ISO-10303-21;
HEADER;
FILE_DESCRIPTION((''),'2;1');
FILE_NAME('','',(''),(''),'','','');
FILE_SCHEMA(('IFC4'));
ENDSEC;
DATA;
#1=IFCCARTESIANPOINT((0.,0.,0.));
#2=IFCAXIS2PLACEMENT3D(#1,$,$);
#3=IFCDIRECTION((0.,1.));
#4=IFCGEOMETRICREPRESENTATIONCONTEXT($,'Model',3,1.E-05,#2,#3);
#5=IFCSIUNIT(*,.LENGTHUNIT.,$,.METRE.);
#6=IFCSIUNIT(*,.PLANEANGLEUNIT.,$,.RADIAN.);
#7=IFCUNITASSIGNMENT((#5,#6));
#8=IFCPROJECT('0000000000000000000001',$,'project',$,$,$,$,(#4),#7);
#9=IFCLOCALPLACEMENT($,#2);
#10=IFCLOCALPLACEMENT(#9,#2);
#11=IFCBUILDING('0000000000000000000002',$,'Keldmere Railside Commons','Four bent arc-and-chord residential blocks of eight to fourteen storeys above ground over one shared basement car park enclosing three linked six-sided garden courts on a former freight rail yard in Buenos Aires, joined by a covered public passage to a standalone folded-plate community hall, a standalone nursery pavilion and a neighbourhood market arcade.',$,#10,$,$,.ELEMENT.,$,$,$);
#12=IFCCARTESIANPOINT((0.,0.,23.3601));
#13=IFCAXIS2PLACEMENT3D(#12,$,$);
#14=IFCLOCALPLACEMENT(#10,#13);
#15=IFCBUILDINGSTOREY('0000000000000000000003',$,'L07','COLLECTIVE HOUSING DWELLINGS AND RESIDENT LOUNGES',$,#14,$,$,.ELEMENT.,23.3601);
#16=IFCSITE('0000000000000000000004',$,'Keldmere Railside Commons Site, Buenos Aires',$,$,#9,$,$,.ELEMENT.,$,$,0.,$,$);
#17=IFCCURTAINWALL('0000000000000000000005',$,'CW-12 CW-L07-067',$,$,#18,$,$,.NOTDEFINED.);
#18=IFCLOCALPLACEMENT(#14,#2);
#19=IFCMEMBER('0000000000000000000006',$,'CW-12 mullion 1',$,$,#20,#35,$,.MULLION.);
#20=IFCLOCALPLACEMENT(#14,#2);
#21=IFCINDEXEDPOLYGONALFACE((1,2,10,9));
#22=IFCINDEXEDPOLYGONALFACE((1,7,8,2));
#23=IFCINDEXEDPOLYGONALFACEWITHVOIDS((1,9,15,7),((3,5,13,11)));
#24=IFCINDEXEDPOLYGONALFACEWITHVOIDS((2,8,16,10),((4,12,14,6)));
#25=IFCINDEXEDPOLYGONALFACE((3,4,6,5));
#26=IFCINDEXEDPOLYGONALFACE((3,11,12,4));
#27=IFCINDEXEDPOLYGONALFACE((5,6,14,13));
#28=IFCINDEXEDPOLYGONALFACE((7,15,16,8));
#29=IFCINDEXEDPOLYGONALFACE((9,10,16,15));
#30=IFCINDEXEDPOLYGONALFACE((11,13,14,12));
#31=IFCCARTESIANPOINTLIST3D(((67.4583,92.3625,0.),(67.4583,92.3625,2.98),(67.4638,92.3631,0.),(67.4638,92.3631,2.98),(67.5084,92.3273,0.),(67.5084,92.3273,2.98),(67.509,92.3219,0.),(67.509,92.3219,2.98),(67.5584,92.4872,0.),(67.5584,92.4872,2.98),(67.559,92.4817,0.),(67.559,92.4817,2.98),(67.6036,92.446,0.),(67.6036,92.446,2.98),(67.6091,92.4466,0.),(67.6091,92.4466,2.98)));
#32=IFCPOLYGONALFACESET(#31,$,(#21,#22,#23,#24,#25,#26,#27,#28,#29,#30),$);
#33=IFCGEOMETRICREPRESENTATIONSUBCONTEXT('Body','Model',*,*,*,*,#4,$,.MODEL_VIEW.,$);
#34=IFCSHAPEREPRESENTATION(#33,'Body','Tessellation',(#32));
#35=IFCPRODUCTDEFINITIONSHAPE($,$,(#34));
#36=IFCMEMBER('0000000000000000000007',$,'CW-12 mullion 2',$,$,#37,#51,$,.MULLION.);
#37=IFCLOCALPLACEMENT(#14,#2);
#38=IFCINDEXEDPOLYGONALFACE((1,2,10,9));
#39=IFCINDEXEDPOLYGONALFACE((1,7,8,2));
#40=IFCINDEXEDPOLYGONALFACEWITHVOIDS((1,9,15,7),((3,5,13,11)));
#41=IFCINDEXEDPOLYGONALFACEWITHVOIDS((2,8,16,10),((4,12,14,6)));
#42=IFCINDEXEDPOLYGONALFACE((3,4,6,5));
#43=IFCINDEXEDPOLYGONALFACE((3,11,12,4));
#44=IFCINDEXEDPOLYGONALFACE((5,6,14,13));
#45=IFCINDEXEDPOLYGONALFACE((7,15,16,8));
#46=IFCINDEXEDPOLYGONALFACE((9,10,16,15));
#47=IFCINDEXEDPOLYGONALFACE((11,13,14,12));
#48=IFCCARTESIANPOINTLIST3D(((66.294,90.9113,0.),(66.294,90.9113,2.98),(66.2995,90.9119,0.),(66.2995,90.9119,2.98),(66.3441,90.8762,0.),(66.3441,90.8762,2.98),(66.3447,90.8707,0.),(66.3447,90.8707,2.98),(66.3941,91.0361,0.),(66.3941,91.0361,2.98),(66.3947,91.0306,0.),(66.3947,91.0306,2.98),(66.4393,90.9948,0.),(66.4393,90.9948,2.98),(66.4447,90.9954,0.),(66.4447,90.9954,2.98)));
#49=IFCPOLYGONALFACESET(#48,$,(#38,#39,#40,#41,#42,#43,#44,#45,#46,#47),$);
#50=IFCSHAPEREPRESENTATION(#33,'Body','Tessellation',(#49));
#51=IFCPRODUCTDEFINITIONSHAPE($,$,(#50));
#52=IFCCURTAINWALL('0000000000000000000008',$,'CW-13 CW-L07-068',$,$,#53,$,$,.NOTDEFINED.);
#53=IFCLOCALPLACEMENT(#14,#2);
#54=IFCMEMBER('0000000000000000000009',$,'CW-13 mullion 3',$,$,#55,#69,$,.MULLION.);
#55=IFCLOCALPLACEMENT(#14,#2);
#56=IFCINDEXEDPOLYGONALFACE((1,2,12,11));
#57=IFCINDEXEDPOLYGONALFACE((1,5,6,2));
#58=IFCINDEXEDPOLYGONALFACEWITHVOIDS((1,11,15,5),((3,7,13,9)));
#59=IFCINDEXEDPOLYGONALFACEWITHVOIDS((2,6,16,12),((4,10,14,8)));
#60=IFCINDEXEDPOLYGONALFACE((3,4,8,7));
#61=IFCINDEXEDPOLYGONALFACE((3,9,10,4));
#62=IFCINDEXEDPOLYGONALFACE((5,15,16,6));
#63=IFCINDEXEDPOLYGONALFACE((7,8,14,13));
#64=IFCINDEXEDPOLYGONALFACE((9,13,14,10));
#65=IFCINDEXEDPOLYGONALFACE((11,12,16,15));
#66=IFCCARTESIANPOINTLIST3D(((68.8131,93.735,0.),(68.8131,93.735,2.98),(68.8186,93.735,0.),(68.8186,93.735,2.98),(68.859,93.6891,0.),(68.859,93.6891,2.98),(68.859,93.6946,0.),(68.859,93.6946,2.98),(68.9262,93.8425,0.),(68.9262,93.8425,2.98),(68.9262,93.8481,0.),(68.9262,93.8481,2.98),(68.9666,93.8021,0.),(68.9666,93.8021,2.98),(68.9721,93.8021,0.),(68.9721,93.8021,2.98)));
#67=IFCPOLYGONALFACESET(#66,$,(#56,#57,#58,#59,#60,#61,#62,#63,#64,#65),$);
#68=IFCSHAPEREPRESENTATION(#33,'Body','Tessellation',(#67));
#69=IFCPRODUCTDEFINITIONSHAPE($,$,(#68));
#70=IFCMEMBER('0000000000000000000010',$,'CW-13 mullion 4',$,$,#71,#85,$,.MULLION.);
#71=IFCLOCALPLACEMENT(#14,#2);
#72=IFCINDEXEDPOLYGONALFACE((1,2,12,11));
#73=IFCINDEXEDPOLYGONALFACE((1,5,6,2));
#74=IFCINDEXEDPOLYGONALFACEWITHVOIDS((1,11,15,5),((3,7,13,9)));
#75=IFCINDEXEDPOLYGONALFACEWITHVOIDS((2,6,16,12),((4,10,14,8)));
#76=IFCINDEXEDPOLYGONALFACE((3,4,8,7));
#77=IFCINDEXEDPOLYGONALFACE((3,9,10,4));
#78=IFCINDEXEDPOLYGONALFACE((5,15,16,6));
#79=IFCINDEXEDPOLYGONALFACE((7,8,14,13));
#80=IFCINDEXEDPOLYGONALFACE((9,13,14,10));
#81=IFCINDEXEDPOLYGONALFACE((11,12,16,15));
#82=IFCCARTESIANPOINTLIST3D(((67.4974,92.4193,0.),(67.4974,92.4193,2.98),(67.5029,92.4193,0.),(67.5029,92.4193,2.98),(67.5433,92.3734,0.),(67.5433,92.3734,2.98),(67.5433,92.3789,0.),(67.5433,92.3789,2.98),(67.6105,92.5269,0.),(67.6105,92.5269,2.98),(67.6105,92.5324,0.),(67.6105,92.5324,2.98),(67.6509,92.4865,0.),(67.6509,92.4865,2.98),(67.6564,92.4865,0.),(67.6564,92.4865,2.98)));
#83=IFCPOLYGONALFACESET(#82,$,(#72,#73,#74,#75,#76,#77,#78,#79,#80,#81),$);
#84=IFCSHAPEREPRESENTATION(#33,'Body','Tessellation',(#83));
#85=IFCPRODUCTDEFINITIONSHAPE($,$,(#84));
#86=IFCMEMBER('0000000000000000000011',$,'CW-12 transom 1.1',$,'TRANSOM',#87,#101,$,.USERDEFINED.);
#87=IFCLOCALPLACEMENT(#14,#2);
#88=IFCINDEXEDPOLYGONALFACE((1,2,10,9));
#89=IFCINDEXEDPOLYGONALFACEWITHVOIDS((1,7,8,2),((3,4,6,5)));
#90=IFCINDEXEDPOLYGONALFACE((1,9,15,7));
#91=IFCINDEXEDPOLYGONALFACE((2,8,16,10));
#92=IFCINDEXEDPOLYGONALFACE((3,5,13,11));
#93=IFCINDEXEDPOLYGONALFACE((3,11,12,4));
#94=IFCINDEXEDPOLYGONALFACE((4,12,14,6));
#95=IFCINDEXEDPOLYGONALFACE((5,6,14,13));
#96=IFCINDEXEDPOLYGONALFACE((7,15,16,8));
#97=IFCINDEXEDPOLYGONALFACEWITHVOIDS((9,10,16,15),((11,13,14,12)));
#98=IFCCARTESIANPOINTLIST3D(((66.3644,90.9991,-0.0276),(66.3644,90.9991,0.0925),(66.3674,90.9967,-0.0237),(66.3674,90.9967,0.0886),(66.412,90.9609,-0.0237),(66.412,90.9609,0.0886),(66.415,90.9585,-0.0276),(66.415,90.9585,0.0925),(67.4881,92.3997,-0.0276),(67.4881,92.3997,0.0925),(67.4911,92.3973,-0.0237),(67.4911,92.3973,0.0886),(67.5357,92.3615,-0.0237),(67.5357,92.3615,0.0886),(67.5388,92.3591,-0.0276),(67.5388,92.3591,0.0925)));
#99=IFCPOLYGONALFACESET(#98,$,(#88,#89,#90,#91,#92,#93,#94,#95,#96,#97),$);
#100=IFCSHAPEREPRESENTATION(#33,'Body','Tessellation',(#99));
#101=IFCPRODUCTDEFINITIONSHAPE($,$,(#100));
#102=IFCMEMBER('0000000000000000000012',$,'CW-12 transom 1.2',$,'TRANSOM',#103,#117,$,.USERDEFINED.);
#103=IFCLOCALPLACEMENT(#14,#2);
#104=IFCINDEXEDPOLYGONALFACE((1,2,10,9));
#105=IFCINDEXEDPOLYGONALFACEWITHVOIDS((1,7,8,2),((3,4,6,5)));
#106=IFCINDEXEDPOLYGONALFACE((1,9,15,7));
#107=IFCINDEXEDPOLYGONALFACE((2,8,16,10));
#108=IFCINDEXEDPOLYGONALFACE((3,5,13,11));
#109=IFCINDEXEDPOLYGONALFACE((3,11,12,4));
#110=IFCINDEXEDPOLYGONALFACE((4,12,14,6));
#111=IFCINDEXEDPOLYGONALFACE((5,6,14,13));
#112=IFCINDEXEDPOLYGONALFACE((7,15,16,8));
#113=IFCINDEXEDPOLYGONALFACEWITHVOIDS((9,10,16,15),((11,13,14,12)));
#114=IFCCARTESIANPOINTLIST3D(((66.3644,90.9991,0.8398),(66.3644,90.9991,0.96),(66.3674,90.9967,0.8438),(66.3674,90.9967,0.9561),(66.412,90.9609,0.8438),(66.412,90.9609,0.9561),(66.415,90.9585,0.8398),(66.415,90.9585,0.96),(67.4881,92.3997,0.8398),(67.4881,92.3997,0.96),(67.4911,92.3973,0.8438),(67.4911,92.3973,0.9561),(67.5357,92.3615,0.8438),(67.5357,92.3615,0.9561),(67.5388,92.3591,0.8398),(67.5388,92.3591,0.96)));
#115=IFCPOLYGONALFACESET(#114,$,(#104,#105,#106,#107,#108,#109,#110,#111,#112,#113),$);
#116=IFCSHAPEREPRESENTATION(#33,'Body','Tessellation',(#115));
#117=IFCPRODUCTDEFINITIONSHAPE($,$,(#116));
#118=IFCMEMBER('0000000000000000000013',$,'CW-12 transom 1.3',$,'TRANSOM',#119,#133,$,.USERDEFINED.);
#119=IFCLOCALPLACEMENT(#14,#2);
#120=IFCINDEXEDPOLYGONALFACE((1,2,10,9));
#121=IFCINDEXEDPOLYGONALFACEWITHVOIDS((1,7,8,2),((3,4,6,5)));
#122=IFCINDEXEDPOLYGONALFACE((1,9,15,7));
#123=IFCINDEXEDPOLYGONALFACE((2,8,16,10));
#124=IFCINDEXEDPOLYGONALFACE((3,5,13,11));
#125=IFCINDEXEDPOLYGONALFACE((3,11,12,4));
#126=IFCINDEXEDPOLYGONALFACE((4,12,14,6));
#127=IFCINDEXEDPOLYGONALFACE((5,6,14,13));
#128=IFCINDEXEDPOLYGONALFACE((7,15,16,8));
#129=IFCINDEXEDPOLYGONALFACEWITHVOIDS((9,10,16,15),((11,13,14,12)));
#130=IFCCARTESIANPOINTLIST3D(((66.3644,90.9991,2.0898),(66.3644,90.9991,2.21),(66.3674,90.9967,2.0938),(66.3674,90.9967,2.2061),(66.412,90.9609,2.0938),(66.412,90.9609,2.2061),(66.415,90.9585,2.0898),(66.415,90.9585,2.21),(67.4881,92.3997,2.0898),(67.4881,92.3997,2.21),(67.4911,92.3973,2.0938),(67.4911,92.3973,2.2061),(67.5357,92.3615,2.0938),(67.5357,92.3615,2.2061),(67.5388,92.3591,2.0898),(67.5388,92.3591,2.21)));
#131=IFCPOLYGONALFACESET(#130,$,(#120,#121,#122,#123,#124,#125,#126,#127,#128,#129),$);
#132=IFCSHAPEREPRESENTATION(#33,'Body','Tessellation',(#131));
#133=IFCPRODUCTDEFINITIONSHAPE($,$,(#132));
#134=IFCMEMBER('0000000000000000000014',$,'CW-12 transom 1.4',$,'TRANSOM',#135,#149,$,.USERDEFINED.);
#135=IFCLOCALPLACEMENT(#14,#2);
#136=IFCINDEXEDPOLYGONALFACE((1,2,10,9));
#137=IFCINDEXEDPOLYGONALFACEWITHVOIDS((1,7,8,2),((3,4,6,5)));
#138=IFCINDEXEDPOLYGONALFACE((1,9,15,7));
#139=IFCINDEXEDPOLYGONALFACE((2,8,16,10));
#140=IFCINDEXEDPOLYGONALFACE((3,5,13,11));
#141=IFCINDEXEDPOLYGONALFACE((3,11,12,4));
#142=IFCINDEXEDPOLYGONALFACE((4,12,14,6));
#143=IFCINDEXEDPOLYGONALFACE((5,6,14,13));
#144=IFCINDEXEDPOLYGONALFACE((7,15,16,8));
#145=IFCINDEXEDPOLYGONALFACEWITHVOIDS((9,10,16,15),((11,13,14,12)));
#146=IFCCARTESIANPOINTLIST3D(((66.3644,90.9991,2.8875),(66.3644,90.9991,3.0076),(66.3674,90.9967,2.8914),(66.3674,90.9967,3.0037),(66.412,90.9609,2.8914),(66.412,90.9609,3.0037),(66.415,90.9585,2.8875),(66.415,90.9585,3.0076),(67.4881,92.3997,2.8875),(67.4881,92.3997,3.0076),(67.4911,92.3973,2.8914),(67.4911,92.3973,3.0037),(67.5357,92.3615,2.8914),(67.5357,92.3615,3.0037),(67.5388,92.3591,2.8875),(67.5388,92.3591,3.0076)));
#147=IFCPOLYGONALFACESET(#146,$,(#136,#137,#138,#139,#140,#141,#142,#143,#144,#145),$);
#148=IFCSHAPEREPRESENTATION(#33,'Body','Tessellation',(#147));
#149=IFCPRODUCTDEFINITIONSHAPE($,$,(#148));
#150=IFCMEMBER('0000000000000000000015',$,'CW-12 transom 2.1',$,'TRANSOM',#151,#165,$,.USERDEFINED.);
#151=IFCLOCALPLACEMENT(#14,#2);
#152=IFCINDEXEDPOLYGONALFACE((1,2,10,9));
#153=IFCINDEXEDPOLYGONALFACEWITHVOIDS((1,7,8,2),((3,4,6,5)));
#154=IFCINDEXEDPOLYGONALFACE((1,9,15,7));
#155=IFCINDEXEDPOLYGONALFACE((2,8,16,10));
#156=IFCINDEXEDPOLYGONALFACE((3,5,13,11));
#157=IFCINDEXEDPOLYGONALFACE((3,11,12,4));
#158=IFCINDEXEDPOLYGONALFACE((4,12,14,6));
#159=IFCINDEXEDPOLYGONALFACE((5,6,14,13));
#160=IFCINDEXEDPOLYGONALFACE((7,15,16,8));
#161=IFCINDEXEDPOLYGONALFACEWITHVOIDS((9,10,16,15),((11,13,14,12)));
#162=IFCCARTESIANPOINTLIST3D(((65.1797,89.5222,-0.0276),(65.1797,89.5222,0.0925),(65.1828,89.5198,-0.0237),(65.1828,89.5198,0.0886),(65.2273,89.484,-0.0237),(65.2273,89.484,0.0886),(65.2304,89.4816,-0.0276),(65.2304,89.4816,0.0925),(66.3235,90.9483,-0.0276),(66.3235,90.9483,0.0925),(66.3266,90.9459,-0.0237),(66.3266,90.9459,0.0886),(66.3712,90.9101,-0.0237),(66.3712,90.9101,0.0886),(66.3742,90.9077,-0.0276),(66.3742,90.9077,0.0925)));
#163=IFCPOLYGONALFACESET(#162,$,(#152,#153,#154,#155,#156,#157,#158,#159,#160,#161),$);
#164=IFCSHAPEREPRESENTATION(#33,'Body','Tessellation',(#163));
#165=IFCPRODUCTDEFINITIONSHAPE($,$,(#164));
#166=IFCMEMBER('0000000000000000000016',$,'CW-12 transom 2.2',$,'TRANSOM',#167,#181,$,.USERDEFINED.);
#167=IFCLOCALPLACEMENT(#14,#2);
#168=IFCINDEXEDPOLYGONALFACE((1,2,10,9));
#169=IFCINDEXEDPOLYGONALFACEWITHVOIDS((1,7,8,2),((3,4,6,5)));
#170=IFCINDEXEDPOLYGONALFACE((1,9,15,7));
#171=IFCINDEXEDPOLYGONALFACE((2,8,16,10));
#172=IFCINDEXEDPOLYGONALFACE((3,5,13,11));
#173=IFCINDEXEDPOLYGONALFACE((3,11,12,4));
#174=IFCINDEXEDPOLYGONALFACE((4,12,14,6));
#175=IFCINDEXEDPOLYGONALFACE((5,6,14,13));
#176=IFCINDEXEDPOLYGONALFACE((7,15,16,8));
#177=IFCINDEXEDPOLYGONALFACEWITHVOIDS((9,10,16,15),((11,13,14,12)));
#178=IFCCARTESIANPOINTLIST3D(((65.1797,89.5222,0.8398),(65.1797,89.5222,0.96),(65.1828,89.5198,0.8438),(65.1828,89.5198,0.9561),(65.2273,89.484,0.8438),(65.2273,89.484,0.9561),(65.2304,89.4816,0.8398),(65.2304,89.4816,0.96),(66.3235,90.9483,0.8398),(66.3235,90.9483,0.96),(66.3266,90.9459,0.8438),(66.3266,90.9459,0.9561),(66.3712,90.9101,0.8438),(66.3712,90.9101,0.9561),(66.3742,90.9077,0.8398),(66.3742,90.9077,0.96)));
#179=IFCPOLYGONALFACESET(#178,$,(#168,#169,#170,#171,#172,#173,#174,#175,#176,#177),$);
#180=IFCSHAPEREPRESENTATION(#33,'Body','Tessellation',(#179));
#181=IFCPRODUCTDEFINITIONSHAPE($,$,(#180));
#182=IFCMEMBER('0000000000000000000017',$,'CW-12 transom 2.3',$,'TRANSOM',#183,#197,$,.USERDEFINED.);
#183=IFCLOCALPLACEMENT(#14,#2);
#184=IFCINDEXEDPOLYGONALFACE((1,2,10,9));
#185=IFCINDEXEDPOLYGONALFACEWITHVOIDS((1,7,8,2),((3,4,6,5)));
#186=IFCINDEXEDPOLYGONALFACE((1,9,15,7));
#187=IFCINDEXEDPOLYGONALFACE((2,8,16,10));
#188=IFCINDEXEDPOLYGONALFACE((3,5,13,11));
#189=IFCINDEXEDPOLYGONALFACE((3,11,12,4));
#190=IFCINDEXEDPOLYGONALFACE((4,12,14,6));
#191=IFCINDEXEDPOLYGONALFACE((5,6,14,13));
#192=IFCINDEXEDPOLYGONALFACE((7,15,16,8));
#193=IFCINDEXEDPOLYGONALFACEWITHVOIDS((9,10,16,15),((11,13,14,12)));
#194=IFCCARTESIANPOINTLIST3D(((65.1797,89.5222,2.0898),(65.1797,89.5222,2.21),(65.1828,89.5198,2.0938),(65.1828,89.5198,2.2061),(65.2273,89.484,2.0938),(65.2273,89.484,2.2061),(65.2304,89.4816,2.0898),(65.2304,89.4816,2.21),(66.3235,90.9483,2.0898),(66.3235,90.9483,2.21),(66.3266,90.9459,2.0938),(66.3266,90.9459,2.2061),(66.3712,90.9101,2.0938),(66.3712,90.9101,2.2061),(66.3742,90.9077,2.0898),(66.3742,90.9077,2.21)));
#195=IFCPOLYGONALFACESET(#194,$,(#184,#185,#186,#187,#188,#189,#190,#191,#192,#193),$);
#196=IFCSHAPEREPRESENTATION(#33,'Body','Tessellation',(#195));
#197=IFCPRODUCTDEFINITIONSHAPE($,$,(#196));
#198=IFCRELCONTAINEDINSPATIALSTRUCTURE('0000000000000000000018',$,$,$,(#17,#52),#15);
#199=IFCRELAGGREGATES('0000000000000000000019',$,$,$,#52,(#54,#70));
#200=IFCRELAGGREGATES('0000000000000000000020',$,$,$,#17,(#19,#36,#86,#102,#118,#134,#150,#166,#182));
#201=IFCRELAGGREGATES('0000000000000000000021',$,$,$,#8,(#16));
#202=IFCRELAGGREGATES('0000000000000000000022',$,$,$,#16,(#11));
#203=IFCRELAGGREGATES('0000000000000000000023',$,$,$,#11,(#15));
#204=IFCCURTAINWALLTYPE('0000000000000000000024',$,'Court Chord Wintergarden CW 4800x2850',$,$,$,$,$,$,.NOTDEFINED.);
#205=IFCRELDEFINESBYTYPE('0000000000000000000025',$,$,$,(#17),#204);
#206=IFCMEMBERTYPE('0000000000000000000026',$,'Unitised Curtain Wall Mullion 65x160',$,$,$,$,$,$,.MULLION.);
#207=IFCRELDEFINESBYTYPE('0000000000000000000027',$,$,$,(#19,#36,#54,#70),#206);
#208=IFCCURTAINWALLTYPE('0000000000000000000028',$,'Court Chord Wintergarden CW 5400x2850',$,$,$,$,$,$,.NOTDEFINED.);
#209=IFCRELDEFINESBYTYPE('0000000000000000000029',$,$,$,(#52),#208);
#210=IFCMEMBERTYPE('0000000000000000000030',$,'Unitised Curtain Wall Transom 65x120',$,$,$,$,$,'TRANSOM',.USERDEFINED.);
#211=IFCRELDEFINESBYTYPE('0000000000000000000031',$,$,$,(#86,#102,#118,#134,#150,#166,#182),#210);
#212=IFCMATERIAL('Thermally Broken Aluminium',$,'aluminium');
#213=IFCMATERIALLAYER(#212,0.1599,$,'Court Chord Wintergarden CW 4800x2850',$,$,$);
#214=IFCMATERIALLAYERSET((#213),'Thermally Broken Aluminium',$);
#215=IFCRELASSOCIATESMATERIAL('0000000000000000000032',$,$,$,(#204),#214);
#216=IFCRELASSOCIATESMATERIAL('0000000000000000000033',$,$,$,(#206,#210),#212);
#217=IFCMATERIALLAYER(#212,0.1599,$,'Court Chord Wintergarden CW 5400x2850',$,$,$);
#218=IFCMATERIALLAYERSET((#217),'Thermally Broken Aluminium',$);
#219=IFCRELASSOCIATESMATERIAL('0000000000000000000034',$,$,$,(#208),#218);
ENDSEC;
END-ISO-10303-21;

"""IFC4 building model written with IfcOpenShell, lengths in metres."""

from ifc_helpers import new_model, si_unit, direction, frame, origin, origin_2d, place, context, subcontext, project, spatial, hollow_rectangle, extrude, material, layer, layer_set, material_profile, profile_set, type_object, element, aggregate, save


model = new_model("IFC4")

# Units and contexts
model_context = context("Model", 3, precision=1e-05, world=origin(), true_north=direction((0.0, 1.0)))
body_context = subcontext(model_context, "Body", "Model", "MODEL_VIEW")
ifc_project = project(units=[si_unit("LENGTHUNIT", "METRE"), si_unit("PLANEANGLEUNIT", "RADIAN")], contexts=[model_context])

# Site, building, storey
site_placement = place(None, origin())
site = spatial("IfcSite", under=ifc_project, at=site_placement, Name="Keldmere Railside Commons Site, Buenos Aires", CompositionType="ELEMENT", RefElevation=0.0)
building_placement = place(site_placement, origin())
building = spatial("IfcBuilding", under=site, at=building_placement, Name="Keldmere Railside Commons", Description="Four bent arc-and-chord residential blocks of eight to fourteen storeys above ground over one shared basement car park enclosing three linked six-sided garden courts on a former freight rail yard in Buenos Aires, joined by a covered public passage to a standalone folded-plate community hall, a standalone nursery pavilion and a neighbourhood market arcade.", CompositionType="ELEMENT")
storey_placement = place(building_placement, frame((0.0, 0.0, 23.3601)))
storey = spatial("IfcBuildingStorey", under=building, at=storey_placement, Name="L07", Description="COLLECTIVE HOUSING DWELLINGS AND RESIDENT LOUNGES", CompositionType="ELEMENT", Elevation=23.3601)

# Curtain walls, members
ifc_material_1 = material(Name="Thermally Broken Aluminium", Category="aluminium")
ifc_layer_1 = layer(ifc_material_1, 0.1599, Name="Court Chord Wintergarden CW 4800x2850")
ifc_layer_set_1 = layer_set([ifc_layer_1], Name="Thermally Broken Aluminium")
curtain_wall_type_1 = type_object("IfcCurtainWallType", Name="Court Chord Wintergarden CW 4800x2850", PredefinedType="NOTDEFINED", material=ifc_layer_set_1)
curtain_wall_1_placement = place(storey_placement, origin())
curtain_wall_1 = element("IfcCurtainWall", 1, at=curtain_wall_1_placement, inside=storey, type_object=curtain_wall_type_1, Name="CW-12 CW-L07-067", PredefinedType="NOTDEFINED")
ifc_material_profile_1 = material_profile(ifc_material_1, hollow_rectangle(XDim=0.0649, YDim=0.1599, WallThickness=0.0039, at=origin_2d()), Name="ALU-MULL-65x160")
ifc_profile_set_1 = profile_set([ifc_material_profile_1], Name="Thermally Broken Aluminium")
member_type_1 = type_object("IfcMemberType", Name="Unitised Curtain Wall Mullion 65x160", PredefinedType="MULLION", material=ifc_profile_set_1)
member_1_placement = place(storey_placement, frame((67.5337, 92.4045, 0.0), z_axis=(0.0, 0.0, 1.0), x_axis=(0.780009, -0.625768, 0.0)))
member_1 = element("IfcMember", 2, at=member_1_placement, type_object=member_type_1, Name="CW-12 mullion 1", PredefinedType="MULLION", context=body_context, shape_type="SweptSolid", body=[
    extrude(hollow_rectangle(XDim=0.0649, YDim=0.1599, WallThickness=0.0039, at=origin_2d()), origin(), (0.0, 0.0, 1.0), 2.98),
])
member_2_placement = place(storey_placement, frame((66.3694, 90.9534, 0.0), z_axis=(0.0, 0.0, 1.0), x_axis=(0.780009, -0.625768, 0.0)))
member_2 = element("IfcMember", 3, at=member_2_placement, type_object=member_type_1, Name="CW-12 mullion 2", PredefinedType="MULLION", context=body_context, shape_type="SweptSolid", body=[
    extrude(hollow_rectangle(XDim=0.0649, YDim=0.1599, WallThickness=0.0039, at=origin_2d()), origin(), (0.0, 0.0, 1.0), 2.98),
])
ifc_layer_2 = layer(ifc_material_1, 0.1599, Name="Court Chord Wintergarden CW 5400x2850")
ifc_layer_set_2 = layer_set([ifc_layer_2], Name="Thermally Broken Aluminium")
curtain_wall_type_2 = type_object("IfcCurtainWallType", Name="Court Chord Wintergarden CW 5400x2850", PredefinedType="NOTDEFINED", material=ifc_layer_set_2)
curtain_wall_2_placement = place(storey_placement, origin())
curtain_wall_2 = element("IfcCurtainWall", 4, at=curtain_wall_2_placement, inside=storey, type_object=curtain_wall_type_2, Name="CW-13 CW-L07-068", PredefinedType="NOTDEFINED")
member_3_placement = place(storey_placement, frame((68.8926, 93.7686, 0.0), z_axis=(0.0, 0.0, 1.0), x_axis=(0.707107, -0.707107, 0.0)))
member_3 = element("IfcMember", 5, at=member_3_placement, type_object=member_type_1, Name="CW-13 mullion 3", PredefinedType="MULLION", context=body_context, shape_type="SweptSolid", body=[
    extrude(hollow_rectangle(XDim=0.0649, YDim=0.1599, WallThickness=0.0039, at=origin_2d()), origin(), (0.0, 0.0, 1.0), 2.98),
])
member_4_placement = place(storey_placement, frame((67.5769, 92.4529, 0.0), z_axis=(0.0, 0.0, 1.0), x_axis=(0.707107, -0.707107, 0.0)))
member_4 = element("IfcMember", 6, at=member_4_placement, type_object=member_type_1, Name="CW-13 mullion 4", PredefinedType="MULLION", context=body_context, shape_type="SweptSolid", body=[
    extrude(hollow_rectangle(XDim=0.0649, YDim=0.1599, WallThickness=0.0039, at=origin_2d()), origin(), (0.0, 0.0, 1.0), 2.98),
])

# Members
ifc_material_profile_2 = material_profile(ifc_material_1, hollow_rectangle(XDim=0.0649, YDim=0.1201, WallThickness=0.0039, at=origin_2d()), Name="ALU-TRAN-65x120")
ifc_profile_set_2 = profile_set([ifc_material_profile_2], Name="Thermally Broken Aluminium")
member_type_2 = type_object("IfcMemberType", Name="Unitised Curtain Wall Transom 65x120", ElementType="TRANSOM", PredefinedType="USERDEFINED", material=ifc_profile_set_2)
member_5_placement = place(storey_placement, frame((67.5134, 92.3794, 0.0325), z_axis=(-0.625805, -0.779979, 0.0), x_axis=(0.779979, -0.625805, 0.0)))
member_5 = element("IfcMember", 7, at=member_5_placement, type_object=member_type_2, Name="CW-12 transom 1.1", ObjectType="TRANSOM", PredefinedType="USERDEFINED", context=body_context, shape_type="SweptSolid", body=[
    extrude(hollow_rectangle(XDim=0.0649, YDim=0.1201, WallThickness=0.0039, at=origin_2d()), origin(), (0.0, 0.0, 1.0), 1.7957),
])
member_6_placement = place(storey_placement, frame((67.5134, 92.3794, 0.8999), z_axis=(-0.625805, -0.779979, 0.0), x_axis=(0.779979, -0.625805, 0.0)))
member_6 = element("IfcMember", 8, at=member_6_placement, type_object=member_type_2, Name="CW-12 transom 1.2", ObjectType="TRANSOM", PredefinedType="USERDEFINED", context=body_context, shape_type="SweptSolid", body=[
    extrude(hollow_rectangle(XDim=0.0649, YDim=0.1201, WallThickness=0.0039, at=origin_2d()), origin(), (0.0, 0.0, 1.0), 1.7957),
])
member_7_placement = place(storey_placement, frame((67.5134, 92.3794, 2.1499), z_axis=(-0.625805, -0.779979, 0.0), x_axis=(0.779979, -0.625805, 0.0)))
member_7 = element("IfcMember", 9, at=member_7_placement, type_object=member_type_2, Name="CW-12 transom 1.3", ObjectType="TRANSOM", PredefinedType="USERDEFINED", context=body_context, shape_type="SweptSolid", body=[
    extrude(hollow_rectangle(XDim=0.0649, YDim=0.1201, WallThickness=0.0039, at=origin_2d()), origin(), (0.0, 0.0, 1.0), 1.7957),
])
member_8_placement = place(storey_placement, frame((67.5134, 92.3794, 2.9475), z_axis=(-0.625805, -0.779979, 0.0), x_axis=(0.779979, -0.625805, 0.0)))
member_8 = element("IfcMember", 10, at=member_8_placement, type_object=member_type_2, Name="CW-12 transom 1.4", ObjectType="TRANSOM", PredefinedType="USERDEFINED", context=body_context, shape_type="SweptSolid", body=[
    extrude(hollow_rectangle(XDim=0.0649, YDim=0.1201, WallThickness=0.0039, at=origin_2d()), origin(), (0.0, 0.0, 1.0), 1.7957),
])
member_9_placement = place(storey_placement, frame((66.3489, 90.928, 0.0325), z_axis=(-0.625688, -0.780073, 0.0), x_axis=(0.780073, -0.625688, 0.0)))
member_9 = element("IfcMember", 11, at=member_9_placement, type_object=member_type_2, Name="CW-12 transom 2.1", ObjectType="TRANSOM", PredefinedType="USERDEFINED", context=body_context, shape_type="SweptSolid", body=[
    extrude(hollow_rectangle(XDim=0.0649, YDim=0.1201, WallThickness=0.0039, at=origin_2d()), origin(), (0.0, 0.0, 1.0), 1.8281),
])
member_10_placement = place(storey_placement, frame((66.3489, 90.928, 0.8999), z_axis=(-0.625688, -0.780073, 0.0), x_axis=(0.780073, -0.625688, 0.0)))
member_10 = element("IfcMember", 12, at=member_10_placement, type_object=member_type_2, Name="CW-12 transom 2.2", ObjectType="TRANSOM", PredefinedType="USERDEFINED", context=body_context, shape_type="SweptSolid", body=[
    extrude(hollow_rectangle(XDim=0.0649, YDim=0.1201, WallThickness=0.0039, at=origin_2d()), origin(), (0.0, 0.0, 1.0), 1.8281),
])
member_11_placement = place(storey_placement, frame((66.3489, 90.928, 2.1499), z_axis=(-0.625688, -0.780073, 0.0), x_axis=(0.780073, -0.625688, 0.0)))
member_11 = element("IfcMember", 13, at=member_11_placement, type_object=member_type_2, Name="CW-12 transom 2.3", ObjectType="TRANSOM", PredefinedType="USERDEFINED", context=body_context, shape_type="SweptSolid", body=[
    extrude(hollow_rectangle(XDim=0.0649, YDim=0.1201, WallThickness=0.0039, at=origin_2d()), origin(), (0.0, 0.0, 1.0), 1.8281),
])

aggregate(curtain_wall_2, [member_3, member_4])
aggregate(curtain_wall_1, [member_1, member_2, member_5, member_6, member_7, member_8, member_9, member_10, member_11])

save(model, "model.ifc")
